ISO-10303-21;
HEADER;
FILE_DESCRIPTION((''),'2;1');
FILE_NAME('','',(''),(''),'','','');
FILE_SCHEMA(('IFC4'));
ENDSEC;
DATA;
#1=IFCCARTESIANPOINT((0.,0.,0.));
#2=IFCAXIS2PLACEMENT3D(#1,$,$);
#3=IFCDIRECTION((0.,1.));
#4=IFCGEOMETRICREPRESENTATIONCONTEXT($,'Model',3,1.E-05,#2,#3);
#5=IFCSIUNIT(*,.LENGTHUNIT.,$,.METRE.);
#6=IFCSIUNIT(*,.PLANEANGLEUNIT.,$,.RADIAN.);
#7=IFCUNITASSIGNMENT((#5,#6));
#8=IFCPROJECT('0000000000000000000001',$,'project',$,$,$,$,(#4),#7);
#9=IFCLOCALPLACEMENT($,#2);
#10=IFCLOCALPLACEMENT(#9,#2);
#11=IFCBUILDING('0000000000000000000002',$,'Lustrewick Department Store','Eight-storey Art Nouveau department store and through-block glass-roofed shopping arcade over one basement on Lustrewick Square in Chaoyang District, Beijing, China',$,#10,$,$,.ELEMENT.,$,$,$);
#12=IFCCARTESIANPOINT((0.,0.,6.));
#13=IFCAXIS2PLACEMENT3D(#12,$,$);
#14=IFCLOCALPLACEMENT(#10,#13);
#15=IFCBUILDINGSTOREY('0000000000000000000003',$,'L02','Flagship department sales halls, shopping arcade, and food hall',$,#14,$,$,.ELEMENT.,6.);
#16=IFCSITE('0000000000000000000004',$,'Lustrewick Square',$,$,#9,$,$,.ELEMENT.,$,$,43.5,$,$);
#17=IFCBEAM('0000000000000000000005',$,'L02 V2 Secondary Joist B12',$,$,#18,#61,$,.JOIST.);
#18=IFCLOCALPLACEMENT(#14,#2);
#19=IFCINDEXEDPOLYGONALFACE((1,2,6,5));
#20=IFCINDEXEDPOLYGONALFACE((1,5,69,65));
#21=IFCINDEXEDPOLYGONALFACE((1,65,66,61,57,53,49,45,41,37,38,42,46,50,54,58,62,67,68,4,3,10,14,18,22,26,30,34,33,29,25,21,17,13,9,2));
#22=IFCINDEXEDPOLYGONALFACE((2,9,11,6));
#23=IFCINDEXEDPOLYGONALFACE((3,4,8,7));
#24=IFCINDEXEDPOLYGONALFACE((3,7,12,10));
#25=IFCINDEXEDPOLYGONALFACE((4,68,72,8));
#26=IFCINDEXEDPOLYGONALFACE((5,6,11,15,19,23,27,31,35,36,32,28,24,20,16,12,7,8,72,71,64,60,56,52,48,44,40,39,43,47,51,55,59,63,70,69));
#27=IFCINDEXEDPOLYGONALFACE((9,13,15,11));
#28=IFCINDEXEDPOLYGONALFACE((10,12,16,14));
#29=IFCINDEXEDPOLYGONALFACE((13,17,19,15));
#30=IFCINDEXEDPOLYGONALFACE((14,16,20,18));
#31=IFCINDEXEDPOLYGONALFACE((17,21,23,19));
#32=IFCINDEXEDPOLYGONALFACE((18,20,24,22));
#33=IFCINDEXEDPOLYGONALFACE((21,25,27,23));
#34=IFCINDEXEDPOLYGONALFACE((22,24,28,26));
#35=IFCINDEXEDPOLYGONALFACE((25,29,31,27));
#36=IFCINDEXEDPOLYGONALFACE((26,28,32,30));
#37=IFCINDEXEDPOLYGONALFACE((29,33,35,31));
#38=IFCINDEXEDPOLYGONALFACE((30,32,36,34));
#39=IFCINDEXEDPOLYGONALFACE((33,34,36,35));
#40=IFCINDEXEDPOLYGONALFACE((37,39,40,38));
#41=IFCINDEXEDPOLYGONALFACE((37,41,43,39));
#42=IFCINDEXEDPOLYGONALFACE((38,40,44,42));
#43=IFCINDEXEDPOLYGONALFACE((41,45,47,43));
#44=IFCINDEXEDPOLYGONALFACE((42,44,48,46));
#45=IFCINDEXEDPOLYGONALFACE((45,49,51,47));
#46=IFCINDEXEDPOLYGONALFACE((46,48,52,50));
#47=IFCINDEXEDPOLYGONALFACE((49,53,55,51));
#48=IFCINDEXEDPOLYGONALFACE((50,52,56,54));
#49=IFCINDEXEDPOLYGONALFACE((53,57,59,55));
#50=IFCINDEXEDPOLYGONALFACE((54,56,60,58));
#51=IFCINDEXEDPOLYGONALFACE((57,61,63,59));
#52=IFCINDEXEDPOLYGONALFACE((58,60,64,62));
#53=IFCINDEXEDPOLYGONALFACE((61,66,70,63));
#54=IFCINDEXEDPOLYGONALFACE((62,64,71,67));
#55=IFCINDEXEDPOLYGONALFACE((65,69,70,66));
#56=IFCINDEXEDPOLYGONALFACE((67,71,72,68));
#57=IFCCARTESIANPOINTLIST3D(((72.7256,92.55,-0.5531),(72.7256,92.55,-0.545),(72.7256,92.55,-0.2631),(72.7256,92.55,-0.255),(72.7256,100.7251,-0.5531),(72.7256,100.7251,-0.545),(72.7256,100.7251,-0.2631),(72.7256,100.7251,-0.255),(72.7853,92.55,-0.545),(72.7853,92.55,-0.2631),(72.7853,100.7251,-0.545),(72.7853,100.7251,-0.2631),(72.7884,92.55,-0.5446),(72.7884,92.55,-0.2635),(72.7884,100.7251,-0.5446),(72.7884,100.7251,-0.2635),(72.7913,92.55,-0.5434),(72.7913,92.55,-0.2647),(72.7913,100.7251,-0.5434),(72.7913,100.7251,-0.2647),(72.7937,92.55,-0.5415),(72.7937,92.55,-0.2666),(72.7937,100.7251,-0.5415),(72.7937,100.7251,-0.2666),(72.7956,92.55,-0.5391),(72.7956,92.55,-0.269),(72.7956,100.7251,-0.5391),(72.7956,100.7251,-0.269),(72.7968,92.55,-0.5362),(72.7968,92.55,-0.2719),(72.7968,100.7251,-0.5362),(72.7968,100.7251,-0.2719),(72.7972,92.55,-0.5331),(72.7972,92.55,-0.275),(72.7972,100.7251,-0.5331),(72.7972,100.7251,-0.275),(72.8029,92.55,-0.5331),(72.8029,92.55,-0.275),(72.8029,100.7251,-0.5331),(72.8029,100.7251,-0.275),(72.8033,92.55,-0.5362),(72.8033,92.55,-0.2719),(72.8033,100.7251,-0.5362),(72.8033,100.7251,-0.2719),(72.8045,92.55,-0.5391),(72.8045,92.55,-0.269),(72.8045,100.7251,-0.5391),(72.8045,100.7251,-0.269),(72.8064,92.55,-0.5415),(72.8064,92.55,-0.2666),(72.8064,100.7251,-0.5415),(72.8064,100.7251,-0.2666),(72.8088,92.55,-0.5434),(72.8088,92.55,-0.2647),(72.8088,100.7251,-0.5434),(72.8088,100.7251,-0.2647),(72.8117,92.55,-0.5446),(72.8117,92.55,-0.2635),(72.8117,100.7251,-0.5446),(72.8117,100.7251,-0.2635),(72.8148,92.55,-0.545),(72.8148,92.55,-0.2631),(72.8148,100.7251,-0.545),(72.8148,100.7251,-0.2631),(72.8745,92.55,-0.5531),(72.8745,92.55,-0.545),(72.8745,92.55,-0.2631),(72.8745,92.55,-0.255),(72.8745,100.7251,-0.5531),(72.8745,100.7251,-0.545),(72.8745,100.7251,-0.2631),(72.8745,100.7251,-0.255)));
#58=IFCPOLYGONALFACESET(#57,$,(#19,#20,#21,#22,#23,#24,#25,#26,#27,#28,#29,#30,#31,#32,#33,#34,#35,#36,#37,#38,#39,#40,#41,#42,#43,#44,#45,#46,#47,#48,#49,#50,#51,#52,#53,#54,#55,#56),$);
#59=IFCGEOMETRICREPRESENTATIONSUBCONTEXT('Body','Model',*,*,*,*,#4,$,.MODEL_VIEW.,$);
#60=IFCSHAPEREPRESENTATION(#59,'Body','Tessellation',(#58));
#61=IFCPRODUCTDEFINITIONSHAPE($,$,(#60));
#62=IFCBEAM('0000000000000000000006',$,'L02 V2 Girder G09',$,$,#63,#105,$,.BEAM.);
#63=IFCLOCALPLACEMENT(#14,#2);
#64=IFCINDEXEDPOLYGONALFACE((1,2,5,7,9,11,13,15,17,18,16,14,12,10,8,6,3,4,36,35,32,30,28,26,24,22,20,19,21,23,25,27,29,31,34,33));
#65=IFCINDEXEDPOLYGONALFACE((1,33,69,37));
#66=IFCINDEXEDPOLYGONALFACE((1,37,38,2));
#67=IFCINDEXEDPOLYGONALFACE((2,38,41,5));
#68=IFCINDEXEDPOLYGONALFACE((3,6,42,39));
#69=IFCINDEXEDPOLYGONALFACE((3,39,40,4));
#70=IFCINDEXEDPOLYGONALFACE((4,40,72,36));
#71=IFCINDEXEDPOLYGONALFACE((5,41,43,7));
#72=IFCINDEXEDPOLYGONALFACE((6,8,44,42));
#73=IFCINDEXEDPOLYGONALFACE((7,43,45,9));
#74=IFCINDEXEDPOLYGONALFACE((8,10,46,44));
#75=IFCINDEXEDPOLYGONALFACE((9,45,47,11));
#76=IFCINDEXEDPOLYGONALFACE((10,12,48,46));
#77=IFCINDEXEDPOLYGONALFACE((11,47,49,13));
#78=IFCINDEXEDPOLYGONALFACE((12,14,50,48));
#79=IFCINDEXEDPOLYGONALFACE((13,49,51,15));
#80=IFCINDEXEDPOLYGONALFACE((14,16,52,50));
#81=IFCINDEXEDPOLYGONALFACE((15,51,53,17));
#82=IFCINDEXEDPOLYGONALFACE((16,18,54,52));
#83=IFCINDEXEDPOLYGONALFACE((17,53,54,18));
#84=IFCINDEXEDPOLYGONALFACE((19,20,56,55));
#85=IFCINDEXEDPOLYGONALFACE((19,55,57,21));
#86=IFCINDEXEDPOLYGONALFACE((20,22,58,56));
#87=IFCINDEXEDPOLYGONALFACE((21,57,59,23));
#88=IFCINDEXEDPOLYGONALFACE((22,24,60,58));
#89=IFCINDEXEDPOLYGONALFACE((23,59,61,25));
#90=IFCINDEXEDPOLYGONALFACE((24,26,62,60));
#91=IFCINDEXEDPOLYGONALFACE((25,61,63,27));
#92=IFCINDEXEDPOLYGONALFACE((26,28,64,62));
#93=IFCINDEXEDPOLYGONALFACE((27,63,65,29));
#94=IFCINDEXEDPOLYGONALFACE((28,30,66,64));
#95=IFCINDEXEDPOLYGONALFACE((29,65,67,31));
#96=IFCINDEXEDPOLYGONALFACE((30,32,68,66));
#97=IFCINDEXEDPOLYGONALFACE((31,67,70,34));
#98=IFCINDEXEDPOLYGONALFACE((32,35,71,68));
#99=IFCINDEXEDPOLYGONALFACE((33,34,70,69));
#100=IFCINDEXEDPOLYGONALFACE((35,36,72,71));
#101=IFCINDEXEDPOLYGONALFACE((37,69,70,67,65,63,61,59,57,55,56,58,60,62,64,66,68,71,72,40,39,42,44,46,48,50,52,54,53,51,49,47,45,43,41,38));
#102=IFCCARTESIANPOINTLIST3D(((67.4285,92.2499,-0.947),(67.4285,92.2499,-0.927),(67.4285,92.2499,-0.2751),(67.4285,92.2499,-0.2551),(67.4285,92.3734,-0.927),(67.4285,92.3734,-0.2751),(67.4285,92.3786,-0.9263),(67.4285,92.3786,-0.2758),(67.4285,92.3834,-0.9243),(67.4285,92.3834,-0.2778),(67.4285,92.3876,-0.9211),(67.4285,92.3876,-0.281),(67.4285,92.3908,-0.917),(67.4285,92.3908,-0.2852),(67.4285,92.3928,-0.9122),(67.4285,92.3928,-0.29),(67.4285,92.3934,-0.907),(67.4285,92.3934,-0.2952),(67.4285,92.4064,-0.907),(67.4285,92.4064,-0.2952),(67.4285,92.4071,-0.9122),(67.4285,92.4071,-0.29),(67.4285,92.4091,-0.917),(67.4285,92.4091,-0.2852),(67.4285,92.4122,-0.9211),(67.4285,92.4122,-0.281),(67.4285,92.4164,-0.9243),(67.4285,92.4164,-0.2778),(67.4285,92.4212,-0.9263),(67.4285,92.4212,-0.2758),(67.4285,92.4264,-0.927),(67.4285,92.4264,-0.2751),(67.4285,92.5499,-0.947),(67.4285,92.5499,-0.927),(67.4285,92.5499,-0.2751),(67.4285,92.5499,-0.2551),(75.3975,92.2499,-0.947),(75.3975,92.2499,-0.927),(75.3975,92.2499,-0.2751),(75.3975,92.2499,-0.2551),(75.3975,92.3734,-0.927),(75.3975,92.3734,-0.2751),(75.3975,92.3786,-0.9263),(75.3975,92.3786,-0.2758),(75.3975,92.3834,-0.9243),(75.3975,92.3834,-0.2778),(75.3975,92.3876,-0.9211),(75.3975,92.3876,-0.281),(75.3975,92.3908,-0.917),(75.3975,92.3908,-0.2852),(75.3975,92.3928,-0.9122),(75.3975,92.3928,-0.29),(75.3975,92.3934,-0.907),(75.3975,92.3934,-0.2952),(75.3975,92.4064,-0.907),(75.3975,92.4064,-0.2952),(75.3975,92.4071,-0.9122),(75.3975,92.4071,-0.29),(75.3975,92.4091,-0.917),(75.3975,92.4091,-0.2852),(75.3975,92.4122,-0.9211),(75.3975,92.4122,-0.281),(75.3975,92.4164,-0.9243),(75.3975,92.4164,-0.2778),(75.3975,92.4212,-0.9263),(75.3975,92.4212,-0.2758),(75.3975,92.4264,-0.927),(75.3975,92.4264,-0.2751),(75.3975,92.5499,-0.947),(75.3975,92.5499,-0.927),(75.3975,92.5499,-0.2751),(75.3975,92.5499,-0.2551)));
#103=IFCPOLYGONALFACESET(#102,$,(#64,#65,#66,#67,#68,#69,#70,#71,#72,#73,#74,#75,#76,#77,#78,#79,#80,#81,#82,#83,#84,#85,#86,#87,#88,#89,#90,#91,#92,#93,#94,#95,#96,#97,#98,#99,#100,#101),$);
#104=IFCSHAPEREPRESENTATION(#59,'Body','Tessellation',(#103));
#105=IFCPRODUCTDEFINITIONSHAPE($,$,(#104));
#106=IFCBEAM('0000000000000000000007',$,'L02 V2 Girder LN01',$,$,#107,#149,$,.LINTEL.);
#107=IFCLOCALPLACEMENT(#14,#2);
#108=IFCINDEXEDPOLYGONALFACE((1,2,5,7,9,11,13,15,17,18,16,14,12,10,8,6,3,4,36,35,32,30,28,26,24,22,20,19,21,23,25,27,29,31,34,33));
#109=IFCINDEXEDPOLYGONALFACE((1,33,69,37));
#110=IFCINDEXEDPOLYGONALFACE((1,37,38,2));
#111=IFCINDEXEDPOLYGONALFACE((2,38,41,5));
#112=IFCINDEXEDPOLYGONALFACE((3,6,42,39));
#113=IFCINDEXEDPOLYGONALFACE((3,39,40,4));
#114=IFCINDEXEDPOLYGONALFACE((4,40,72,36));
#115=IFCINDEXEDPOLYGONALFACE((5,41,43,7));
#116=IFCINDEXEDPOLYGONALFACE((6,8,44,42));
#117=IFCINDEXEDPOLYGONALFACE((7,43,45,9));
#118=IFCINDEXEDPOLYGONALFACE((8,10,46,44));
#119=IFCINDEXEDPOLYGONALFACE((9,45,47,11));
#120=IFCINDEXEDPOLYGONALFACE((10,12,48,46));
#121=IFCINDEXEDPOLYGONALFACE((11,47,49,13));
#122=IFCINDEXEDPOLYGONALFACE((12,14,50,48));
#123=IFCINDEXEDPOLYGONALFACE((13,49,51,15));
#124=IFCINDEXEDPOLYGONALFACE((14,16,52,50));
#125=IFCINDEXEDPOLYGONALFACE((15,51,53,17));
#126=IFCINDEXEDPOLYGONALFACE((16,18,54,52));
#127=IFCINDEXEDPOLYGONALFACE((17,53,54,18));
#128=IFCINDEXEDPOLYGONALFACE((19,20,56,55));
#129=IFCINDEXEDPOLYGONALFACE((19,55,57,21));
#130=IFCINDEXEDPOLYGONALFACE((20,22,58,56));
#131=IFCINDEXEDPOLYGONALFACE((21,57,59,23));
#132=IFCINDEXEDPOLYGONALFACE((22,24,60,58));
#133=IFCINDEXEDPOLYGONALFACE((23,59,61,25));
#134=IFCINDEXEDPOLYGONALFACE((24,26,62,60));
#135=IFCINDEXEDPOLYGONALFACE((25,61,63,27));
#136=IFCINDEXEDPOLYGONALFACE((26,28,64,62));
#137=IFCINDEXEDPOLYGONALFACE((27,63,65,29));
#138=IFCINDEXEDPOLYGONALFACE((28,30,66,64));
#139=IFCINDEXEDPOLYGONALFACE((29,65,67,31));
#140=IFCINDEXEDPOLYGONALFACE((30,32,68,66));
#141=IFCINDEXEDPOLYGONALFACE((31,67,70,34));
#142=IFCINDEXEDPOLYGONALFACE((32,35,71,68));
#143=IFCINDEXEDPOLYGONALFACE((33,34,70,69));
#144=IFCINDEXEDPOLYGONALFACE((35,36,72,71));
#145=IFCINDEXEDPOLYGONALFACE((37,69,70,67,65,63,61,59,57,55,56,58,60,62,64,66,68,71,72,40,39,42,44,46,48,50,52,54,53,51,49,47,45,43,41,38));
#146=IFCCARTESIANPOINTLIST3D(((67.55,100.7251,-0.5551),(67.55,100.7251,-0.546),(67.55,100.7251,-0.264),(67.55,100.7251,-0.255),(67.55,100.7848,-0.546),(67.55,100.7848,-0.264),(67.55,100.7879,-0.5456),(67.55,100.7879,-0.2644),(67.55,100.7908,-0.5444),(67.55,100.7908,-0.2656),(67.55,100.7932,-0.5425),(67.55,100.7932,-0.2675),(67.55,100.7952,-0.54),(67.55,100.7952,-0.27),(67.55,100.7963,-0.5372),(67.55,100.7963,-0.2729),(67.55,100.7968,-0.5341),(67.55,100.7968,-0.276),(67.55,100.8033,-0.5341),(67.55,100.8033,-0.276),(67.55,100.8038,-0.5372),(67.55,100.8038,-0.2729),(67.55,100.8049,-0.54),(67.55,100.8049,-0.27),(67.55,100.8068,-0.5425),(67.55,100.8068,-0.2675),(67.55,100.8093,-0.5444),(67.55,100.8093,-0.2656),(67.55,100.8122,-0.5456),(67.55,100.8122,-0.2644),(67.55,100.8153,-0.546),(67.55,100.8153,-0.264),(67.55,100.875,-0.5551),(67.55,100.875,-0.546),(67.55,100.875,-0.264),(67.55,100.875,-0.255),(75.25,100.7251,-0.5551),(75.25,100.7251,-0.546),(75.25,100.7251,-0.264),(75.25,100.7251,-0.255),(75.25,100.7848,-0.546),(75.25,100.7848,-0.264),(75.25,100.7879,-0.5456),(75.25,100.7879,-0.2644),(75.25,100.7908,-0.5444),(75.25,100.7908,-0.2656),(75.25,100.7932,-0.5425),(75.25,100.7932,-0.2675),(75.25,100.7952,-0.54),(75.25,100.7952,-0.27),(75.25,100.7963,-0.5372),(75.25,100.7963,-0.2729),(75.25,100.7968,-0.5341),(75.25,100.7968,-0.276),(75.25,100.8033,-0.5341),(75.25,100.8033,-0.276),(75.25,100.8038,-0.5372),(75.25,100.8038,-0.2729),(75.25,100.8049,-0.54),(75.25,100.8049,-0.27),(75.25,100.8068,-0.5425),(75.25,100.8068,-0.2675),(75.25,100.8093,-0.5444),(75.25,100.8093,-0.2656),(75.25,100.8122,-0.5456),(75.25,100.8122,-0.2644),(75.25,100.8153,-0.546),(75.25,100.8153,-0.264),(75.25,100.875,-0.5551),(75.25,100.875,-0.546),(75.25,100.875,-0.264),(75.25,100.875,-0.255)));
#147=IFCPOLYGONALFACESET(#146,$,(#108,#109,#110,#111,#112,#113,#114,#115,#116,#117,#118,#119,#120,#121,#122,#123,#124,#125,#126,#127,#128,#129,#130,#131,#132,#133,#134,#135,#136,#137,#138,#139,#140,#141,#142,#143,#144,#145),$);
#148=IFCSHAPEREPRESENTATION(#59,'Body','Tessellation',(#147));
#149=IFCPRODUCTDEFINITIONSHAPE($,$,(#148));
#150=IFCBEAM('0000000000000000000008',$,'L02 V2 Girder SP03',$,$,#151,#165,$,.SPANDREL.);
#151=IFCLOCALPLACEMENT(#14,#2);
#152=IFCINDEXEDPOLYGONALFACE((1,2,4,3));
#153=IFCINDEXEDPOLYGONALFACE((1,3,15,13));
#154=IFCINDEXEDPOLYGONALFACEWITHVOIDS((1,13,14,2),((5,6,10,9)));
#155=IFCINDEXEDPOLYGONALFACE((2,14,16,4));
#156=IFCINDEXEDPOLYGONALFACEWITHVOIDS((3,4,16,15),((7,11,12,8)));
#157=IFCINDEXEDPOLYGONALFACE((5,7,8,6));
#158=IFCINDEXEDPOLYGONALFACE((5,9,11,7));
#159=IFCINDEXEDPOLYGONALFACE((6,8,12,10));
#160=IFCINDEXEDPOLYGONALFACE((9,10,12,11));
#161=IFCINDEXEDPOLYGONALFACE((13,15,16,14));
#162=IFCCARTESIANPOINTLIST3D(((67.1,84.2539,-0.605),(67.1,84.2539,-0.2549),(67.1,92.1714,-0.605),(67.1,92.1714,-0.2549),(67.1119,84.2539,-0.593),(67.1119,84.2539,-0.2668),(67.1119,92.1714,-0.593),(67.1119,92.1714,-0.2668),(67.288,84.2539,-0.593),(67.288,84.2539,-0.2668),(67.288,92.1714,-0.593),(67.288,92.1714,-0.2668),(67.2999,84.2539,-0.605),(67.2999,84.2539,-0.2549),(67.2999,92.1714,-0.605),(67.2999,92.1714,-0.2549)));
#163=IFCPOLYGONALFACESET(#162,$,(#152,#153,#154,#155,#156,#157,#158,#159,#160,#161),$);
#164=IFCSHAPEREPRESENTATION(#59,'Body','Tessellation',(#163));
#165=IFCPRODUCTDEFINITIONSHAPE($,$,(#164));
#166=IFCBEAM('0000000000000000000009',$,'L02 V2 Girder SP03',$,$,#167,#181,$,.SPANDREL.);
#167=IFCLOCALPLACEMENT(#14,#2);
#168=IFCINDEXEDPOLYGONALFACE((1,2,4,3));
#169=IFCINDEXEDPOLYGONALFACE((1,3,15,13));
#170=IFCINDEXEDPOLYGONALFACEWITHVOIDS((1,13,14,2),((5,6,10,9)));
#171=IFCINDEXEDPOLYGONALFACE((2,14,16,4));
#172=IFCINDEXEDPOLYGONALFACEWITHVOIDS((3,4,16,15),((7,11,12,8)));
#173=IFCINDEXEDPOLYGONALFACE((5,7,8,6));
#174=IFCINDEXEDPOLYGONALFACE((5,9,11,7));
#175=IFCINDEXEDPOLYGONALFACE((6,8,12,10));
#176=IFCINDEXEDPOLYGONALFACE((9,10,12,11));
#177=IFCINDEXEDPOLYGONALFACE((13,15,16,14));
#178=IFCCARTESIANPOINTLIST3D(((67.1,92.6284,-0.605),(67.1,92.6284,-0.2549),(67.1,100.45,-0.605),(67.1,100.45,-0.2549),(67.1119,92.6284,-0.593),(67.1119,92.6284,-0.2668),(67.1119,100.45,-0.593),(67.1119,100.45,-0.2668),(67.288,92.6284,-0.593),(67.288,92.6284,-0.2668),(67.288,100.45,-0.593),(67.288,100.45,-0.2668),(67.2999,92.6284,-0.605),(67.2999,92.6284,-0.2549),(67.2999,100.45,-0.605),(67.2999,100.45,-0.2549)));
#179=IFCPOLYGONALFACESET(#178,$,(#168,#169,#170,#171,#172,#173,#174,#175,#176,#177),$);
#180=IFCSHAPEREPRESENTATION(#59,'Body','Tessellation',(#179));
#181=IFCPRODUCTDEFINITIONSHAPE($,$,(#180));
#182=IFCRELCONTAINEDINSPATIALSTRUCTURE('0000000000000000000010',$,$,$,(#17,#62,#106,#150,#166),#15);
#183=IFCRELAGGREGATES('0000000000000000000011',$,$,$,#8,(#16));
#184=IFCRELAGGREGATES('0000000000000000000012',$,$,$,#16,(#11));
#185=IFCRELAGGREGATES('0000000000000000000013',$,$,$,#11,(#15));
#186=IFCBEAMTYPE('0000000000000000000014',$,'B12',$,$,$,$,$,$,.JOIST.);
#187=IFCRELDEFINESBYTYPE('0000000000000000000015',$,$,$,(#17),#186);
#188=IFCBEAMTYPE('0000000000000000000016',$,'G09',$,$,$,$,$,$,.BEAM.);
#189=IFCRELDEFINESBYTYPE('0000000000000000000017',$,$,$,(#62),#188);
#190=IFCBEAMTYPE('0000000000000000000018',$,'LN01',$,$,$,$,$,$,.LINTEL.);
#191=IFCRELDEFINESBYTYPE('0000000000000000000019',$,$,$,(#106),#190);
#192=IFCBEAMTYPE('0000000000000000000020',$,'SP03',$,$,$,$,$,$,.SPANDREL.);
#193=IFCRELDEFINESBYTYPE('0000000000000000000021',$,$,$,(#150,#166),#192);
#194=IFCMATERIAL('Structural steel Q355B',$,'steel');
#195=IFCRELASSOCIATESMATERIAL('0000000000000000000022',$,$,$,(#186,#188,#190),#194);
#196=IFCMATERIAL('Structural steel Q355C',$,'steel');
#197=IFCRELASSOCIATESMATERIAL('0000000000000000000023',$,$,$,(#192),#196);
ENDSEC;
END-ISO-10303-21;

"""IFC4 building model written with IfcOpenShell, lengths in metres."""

from ifc_helpers import new_model, si_unit, direction, frame, origin, origin_2d, place, context, subcontext, project, spatial, hollow_rectangle, i_section, extrude, material, material_profile, profile_set, type_object, element, save


model = new_model("IFC4")

# Units and contexts
model_context = context("Model", 3, precision=1e-05, world=origin(), true_north=direction((0.0, 1.0)))
body_context = subcontext(model_context, "Body", "Model", "MODEL_VIEW")
ifc_project = project(units=[si_unit("LENGTHUNIT", "METRE"), si_unit("PLANEANGLEUNIT", "RADIAN")], contexts=[model_context])

# Site, building, storey
site_placement = place(None, origin())
site = spatial("IfcSite", under=ifc_project, at=site_placement, Name="Lustrewick Square", CompositionType="ELEMENT", RefElevation=43.5)
building_placement = place(site_placement, origin())
building = spatial("IfcBuilding", under=site, at=building_placement, Name="Lustrewick Department Store", Description="Eight-storey Art Nouveau department store and through-block glass-roofed shopping arcade over one basement on Lustrewick Square in Chaoyang District, Beijing, China", CompositionType="ELEMENT")
storey_placement = place(building_placement, frame((0.0, 0.0, 6.0)))
storey = spatial("IfcBuildingStorey", under=building, at=storey_placement, Name="L02", Description="Flagship department sales halls, shopping arcade, and food hall", CompositionType="ELEMENT", Elevation=6.0)

# Shared definitions
ifc_material_1 = material(Name="Structural steel Q355C", Category="steel")
ifc_material_2 = material(Name="Structural steel Q355B", Category="steel")

# Beams
ifc_material_profile_1 = material_profile(ifc_material_2, i_section(OverallWidth=0.1489, OverallDepth=0.2981, WebThickness=0.0056, FlangeThickness=0.0081, FilletRadius=0.012, at=origin_2d()), Name="HN 298x149x5.5x8")
ifc_profile_set_1 = profile_set([ifc_material_profile_1], Name="Structural steel Q355B")
beam_type_1 = type_object("IfcBeamType", Name="B12", PredefinedType="JOIST", material=ifc_profile_set_1)
beam_1_placement = place(storey_placement, frame((72.8, 92.55, -0.4041), z_axis=(0.0, 1.0, 0.0), x_axis=(-1.0, 0.0, 0.0)))
element("IfcBeam", 1, at=beam_1_placement, inside=storey, type_object=beam_type_1, Name="L02 V2 Secondary Joist B12", PredefinedType="JOIST", context=body_context, shape_type="SweptSolid", body=[
    extrude(i_section(OverallWidth=0.1489, OverallDepth=0.2981, WebThickness=0.0056, FlangeThickness=0.0081, FilletRadius=0.012, at=origin_2d()), origin(), (0.0, 0.0, 1.0), 8.175),
])
ifc_material_profile_2 = material_profile(ifc_material_2, i_section(OverallWidth=0.3, OverallDepth=0.6919, WebThickness=0.0129, FlangeThickness=0.02, FilletRadius=0.02, at=origin_2d()), Name="HN 692x300x13x20")
ifc_profile_set_2 = profile_set([ifc_material_profile_2], Name="Structural steel Q355B")
beam_type_2 = type_object("IfcBeamType", Name="G09", PredefinedType="BEAM", material=ifc_profile_set_2)
beam_2_placement = place(storey_placement, frame((67.4285, 92.3999, -0.6011), z_axis=(1.0, 0.0, 0.0), x_axis=(0.0, 1.0, 0.0)))
element("IfcBeam", 2, at=beam_2_placement, inside=storey, type_object=beam_type_2, Name="L02 V2 Girder G09", PredefinedType="BEAM", context=body_context, shape_type="SweptSolid", body=[
    extrude(i_section(OverallWidth=0.3, OverallDepth=0.6919, WebThickness=0.0129, FlangeThickness=0.02, FilletRadius=0.02, at=origin_2d()), origin(), (0.0, 0.0, 1.0), 7.969),
])
ifc_material_profile_3 = material_profile(ifc_material_2, i_section(OverallWidth=0.1499, OverallDepth=0.3, WebThickness=0.0066, FlangeThickness=0.009, FilletRadius=0.012, at=origin_2d()), Name="HN 300x150x6.5x9")
ifc_profile_set_3 = profile_set([ifc_material_profile_3], Name="Structural steel Q355B")
beam_type_3 = type_object("IfcBeamType", Name="LN01", PredefinedType="LINTEL", material=ifc_profile_set_3)
beam_3_placement = place(storey_placement, frame((67.55, 100.8, -0.405), z_axis=(1.0, 0.0, 0.0), x_axis=(0.0, 1.0, 0.0)))
element("IfcBeam", 3, at=beam_3_placement, inside=storey, type_object=beam_type_3, Name="L02 V2 Girder LN01", PredefinedType="LINTEL", context=body_context, shape_type="SweptSolid", body=[
    extrude(i_section(OverallWidth=0.1499, OverallDepth=0.3, WebThickness=0.0066, FlangeThickness=0.009, FilletRadius=0.012, at=origin_2d()), origin(), (0.0, 0.0, 1.0), 7.7),
])
ifc_material_profile_4 = material_profile(ifc_material_1, hollow_rectangle(XDim=0.2, YDim=0.3501, WallThickness=0.012, at=origin_2d()), Name="RHS 350x200x12")
ifc_profile_set_4 = profile_set([ifc_material_profile_4], Name="Structural steel Q355C")
beam_type_4 = type_object("IfcBeamType", Name="SP03", PredefinedType="SPANDREL", material=ifc_profile_set_4)
beam_4_placement = place(storey_placement, frame((67.2, 84.2539, -0.4299), z_axis=(0.0, 1.0, 0.0), x_axis=(-1.0, 0.0, 0.0)))
element("IfcBeam", 4, at=beam_4_placement, inside=storey, type_object=beam_type_4, Name="L02 V2 Girder SP03", PredefinedType="SPANDREL", context=body_context, shape_type="SweptSolid", body=[
    extrude(hollow_rectangle(XDim=0.2, YDim=0.3501, WallThickness=0.012, at=origin_2d()), origin(), (0.0, 0.0, 1.0), 7.9175),
])
beam_5_placement = place(storey_placement, frame((67.2, 92.6284, -0.4299), z_axis=(0.0, 1.0, 0.0), x_axis=(-1.0, 0.0, 0.0)))
element("IfcBeam", 5, at=beam_5_placement, inside=storey, type_object=beam_type_4, Name="L02 V2 Girder SP03", PredefinedType="SPANDREL", context=body_context, shape_type="SweptSolid", body=[
    extrude(hollow_rectangle(XDim=0.2, YDim=0.3501, WallThickness=0.012, at=origin_2d()), origin(), (0.0, 0.0, 1.0), 7.8215),
])

save(model, "model.ifc")
